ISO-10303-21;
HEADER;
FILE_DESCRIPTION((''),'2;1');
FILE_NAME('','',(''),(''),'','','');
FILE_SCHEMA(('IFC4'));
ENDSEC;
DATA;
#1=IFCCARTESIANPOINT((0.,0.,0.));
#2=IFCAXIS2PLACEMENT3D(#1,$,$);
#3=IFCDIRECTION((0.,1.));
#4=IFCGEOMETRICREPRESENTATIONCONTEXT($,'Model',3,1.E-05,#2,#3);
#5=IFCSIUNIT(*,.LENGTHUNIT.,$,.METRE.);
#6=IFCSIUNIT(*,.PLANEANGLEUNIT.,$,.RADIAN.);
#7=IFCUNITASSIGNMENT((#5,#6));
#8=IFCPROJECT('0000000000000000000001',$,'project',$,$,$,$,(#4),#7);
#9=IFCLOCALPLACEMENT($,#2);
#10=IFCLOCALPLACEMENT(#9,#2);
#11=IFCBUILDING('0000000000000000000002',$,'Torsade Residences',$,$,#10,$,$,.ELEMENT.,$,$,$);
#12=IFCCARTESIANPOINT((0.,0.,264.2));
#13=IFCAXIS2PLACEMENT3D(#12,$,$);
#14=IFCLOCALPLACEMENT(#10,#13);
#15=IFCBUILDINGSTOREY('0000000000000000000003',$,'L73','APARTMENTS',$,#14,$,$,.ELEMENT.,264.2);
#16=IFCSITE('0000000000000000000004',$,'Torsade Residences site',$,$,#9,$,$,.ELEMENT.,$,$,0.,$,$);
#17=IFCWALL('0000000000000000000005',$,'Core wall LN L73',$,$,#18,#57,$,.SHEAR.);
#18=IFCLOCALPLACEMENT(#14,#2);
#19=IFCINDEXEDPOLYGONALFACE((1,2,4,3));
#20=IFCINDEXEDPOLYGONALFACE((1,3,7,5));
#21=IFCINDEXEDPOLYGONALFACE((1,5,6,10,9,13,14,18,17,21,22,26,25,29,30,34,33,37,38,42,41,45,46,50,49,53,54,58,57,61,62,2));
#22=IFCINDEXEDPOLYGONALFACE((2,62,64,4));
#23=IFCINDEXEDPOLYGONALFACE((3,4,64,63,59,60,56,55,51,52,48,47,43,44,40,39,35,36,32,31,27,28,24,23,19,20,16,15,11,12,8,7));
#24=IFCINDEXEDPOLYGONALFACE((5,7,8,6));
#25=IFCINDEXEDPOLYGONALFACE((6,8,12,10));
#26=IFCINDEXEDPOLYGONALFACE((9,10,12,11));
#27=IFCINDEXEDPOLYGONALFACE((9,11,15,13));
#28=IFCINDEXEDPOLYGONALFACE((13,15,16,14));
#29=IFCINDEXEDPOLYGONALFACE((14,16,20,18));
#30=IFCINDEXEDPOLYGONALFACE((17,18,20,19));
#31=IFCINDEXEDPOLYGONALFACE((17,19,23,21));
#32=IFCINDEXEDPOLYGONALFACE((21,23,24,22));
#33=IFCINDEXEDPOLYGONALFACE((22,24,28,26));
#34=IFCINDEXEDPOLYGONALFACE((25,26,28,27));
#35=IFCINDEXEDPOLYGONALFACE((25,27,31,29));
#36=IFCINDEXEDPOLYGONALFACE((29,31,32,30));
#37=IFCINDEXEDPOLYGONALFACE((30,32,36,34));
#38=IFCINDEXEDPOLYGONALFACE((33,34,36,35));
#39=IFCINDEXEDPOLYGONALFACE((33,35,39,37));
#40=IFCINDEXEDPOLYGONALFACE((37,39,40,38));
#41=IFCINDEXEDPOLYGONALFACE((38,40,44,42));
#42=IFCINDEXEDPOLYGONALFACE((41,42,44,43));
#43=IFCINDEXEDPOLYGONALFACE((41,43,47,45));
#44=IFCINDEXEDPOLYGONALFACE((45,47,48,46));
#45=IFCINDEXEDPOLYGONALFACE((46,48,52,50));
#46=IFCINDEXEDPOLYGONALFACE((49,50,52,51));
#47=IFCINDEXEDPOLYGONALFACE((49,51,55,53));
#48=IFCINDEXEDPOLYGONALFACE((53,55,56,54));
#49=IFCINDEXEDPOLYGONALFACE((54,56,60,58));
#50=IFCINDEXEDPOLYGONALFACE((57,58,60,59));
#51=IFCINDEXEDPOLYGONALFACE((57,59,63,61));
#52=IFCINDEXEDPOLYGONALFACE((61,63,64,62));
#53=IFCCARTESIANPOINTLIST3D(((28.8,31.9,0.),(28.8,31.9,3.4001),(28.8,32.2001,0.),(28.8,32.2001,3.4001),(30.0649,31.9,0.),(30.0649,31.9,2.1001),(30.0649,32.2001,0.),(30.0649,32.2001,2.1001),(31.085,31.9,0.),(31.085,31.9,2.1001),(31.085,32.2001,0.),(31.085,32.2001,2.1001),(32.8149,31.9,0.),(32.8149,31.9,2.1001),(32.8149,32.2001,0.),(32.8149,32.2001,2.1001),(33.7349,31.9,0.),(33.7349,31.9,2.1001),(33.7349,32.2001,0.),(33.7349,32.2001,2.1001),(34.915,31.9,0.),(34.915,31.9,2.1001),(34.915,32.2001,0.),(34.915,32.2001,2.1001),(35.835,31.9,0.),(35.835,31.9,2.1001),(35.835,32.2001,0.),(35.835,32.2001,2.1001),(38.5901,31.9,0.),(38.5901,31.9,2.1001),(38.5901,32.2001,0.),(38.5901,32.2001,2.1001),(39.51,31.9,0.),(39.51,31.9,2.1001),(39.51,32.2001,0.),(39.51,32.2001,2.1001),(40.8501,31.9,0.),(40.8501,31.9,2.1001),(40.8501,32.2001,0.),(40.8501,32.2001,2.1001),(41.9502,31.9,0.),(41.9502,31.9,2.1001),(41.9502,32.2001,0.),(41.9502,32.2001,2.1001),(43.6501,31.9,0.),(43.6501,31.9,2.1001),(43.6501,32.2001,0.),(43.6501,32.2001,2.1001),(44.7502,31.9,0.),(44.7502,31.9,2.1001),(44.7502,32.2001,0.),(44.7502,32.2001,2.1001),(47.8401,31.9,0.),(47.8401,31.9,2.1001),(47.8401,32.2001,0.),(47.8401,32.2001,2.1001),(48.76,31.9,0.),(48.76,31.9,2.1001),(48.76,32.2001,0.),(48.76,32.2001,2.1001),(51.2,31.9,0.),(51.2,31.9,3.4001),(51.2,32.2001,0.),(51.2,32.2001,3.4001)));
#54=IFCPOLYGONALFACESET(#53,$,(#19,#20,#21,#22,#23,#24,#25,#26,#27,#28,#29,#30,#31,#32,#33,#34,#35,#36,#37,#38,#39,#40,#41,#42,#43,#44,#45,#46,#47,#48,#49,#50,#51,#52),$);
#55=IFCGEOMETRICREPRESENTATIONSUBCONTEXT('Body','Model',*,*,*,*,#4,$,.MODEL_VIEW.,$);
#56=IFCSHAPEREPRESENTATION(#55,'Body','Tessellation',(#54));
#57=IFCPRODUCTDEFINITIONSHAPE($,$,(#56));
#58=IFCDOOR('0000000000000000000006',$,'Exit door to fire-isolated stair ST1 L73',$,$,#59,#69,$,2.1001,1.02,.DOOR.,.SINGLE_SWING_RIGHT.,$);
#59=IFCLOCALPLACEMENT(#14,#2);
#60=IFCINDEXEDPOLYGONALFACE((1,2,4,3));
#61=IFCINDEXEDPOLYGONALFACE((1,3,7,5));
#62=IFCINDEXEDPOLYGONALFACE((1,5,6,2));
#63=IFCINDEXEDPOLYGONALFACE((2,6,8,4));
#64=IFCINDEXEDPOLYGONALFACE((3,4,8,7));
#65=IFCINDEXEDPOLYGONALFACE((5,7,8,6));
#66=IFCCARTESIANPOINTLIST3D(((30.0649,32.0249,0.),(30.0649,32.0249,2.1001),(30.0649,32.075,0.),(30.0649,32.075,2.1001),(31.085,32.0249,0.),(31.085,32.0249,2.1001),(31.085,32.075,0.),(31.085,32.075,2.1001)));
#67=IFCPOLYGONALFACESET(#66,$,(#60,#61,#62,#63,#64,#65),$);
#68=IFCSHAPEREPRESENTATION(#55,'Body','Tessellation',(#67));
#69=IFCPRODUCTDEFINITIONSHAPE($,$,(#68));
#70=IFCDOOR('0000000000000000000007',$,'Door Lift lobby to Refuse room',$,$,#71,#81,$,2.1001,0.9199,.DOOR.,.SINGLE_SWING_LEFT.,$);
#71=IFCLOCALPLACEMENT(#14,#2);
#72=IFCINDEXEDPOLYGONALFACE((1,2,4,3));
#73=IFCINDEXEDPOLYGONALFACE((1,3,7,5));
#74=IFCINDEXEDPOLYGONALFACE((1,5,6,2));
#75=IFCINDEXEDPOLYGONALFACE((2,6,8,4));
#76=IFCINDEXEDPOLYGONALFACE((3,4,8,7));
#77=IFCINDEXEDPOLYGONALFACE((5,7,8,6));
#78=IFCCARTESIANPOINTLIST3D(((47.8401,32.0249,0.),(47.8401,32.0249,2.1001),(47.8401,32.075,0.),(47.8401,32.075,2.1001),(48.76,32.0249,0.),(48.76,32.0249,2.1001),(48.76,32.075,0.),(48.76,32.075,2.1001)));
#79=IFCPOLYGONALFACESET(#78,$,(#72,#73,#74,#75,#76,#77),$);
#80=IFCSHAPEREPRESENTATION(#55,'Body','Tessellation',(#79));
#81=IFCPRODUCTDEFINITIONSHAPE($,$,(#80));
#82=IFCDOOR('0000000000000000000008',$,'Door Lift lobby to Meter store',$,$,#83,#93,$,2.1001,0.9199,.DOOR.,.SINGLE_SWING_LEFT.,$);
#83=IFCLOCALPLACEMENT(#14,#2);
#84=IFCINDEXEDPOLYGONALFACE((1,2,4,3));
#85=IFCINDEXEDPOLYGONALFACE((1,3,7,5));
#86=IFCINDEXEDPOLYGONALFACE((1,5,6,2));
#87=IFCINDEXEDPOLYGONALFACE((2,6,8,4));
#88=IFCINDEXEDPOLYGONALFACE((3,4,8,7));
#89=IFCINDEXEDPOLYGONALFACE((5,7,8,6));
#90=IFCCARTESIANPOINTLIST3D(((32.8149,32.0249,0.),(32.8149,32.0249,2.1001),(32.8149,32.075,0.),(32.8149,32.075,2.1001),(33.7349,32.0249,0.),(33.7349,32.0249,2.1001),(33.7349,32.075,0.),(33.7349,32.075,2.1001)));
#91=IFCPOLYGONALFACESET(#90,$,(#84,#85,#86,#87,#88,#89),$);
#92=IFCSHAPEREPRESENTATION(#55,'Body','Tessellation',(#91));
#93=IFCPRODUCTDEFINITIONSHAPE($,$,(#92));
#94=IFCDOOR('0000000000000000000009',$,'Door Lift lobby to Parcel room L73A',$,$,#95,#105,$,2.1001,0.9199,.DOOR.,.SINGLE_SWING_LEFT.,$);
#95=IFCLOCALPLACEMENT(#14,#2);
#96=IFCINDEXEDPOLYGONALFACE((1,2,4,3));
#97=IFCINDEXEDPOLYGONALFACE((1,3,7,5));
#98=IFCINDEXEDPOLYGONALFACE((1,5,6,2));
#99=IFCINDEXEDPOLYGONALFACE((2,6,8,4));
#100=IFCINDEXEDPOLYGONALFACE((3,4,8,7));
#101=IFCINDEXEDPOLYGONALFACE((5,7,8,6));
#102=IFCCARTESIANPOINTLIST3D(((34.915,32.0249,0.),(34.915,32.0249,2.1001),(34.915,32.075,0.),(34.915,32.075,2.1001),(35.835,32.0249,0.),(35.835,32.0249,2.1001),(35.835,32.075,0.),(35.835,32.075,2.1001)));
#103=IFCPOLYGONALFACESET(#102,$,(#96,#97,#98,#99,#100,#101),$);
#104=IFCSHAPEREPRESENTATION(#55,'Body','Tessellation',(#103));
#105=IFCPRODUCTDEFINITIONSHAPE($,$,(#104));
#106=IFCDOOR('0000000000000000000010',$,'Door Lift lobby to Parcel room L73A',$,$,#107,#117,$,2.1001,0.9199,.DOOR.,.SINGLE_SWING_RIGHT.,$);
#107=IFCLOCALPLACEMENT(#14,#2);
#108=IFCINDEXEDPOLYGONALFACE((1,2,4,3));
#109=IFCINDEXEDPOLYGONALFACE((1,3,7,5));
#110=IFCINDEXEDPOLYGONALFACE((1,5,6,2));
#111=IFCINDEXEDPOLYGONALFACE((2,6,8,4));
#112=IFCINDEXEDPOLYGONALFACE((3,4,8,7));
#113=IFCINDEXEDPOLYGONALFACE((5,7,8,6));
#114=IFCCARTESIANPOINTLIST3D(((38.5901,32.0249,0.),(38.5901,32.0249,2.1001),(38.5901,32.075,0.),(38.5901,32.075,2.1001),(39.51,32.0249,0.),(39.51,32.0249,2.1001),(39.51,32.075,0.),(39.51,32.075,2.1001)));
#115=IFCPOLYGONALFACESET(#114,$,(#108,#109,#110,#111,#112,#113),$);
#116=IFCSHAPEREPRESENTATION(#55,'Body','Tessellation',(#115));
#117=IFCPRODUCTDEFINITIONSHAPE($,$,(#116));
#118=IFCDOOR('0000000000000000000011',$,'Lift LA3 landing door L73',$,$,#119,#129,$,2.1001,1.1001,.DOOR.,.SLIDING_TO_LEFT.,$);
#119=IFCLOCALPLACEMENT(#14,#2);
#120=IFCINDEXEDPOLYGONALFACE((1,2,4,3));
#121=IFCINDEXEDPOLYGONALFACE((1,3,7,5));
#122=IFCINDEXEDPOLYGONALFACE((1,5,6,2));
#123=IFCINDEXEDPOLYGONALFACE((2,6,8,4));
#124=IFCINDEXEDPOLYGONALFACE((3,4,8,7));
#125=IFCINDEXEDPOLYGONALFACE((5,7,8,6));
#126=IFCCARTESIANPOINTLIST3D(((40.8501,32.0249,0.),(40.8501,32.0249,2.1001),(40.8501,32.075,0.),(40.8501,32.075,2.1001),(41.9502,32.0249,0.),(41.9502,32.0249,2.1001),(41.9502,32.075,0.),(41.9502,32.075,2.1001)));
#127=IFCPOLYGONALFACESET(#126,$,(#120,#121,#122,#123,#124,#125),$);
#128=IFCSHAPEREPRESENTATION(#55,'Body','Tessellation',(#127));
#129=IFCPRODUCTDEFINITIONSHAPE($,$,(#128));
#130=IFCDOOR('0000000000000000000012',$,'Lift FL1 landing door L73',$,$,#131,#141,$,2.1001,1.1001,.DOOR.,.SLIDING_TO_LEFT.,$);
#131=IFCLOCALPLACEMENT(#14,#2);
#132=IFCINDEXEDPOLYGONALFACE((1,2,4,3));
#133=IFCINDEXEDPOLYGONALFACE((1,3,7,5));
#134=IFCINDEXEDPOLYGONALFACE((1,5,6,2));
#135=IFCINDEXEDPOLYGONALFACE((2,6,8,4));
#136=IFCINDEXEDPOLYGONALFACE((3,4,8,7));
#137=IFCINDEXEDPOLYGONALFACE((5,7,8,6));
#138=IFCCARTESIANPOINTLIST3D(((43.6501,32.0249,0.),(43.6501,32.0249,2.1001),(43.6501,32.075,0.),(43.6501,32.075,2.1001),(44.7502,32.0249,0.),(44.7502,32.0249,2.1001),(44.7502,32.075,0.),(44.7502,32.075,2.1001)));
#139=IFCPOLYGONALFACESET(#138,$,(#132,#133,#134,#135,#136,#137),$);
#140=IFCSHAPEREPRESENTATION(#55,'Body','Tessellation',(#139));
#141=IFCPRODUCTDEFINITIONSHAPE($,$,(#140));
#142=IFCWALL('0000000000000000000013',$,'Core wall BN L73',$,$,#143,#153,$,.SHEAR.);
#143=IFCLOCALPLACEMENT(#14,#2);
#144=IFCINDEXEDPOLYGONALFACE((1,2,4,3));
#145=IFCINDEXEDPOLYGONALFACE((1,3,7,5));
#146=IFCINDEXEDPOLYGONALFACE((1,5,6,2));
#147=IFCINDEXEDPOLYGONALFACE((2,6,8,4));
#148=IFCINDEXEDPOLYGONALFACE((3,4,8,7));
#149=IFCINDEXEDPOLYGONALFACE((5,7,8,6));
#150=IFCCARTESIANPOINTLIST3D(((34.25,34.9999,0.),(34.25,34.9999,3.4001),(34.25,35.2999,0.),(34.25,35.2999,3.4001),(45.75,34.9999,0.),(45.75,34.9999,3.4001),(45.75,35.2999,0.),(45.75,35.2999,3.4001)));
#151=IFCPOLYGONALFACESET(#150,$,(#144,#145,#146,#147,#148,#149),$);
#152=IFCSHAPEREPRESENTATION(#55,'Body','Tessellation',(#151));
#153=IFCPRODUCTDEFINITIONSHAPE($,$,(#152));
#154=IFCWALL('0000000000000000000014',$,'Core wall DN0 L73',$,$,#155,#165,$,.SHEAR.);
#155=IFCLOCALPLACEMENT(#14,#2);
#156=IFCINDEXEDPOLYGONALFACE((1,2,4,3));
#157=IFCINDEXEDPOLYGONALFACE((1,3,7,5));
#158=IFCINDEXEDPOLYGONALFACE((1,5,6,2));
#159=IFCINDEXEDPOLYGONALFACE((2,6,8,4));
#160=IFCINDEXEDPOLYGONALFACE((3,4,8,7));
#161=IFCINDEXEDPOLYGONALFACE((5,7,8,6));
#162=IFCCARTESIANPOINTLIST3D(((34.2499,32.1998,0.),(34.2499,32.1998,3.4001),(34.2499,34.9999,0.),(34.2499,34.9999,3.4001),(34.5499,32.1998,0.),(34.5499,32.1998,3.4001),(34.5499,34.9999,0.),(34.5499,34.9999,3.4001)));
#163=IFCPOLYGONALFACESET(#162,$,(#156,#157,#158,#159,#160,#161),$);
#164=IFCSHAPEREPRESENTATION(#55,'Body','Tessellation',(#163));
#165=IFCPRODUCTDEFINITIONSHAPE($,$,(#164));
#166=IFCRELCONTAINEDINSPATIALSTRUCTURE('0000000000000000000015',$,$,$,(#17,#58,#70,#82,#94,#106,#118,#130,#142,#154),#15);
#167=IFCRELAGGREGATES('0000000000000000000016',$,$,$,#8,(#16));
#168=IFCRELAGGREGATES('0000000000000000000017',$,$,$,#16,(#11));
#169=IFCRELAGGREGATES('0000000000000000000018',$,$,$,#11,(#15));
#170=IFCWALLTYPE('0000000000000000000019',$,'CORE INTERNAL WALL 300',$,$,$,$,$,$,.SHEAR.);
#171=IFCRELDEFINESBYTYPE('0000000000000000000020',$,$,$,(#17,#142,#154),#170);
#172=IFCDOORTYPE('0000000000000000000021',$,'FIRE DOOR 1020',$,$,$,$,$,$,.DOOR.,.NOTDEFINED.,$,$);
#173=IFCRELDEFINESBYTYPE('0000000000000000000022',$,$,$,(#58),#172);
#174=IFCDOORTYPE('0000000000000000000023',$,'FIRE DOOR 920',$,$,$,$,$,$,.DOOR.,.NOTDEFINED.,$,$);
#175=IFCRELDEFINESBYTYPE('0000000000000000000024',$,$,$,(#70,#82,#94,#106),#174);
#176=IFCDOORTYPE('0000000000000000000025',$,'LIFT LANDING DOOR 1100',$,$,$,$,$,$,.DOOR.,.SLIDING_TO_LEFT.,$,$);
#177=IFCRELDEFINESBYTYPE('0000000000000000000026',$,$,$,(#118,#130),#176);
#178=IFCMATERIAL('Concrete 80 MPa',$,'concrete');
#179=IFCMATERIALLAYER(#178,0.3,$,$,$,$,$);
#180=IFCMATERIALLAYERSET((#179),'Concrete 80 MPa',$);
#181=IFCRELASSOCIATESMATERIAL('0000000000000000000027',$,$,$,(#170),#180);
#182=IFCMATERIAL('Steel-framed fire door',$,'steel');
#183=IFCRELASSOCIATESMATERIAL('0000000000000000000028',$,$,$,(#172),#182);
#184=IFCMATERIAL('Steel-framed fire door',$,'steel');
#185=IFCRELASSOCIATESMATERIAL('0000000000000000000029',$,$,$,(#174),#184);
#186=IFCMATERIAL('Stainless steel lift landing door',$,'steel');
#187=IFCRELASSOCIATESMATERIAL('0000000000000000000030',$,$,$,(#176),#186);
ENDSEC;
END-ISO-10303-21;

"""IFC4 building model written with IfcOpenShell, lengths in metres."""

from ifc_helpers import new_model, si_unit, direction, frame, frame_2d, origin, place, context, subcontext, project, spatial, rectangle, extrude, material, layer, layer_set, type_object, element, fill, save


model = new_model("IFC4")

# Units and contexts
model_context = context("Model", 3, precision=1e-05, world=origin(), true_north=direction((0.0, 1.0)))
body_context = subcontext(model_context, "Body", "Model", "MODEL_VIEW")
ifc_project = project(units=[si_unit("LENGTHUNIT", "METRE"), si_unit("PLANEANGLEUNIT", "RADIAN")], contexts=[model_context])

# Site, building, storey
site_placement = place(None, origin())
site = spatial("IfcSite", under=ifc_project, at=site_placement, Name="Torsade Residences site", CompositionType="ELEMENT", RefElevation=0.0)
building_placement = place(site_placement, origin())
building = spatial("IfcBuilding", under=site, at=building_placement, Name="Torsade Residences", CompositionType="ELEMENT")
storey_placement = place(building_placement, frame((0.0, 0.0, 264.2)))
storey = spatial("IfcBuildingStorey", under=building, at=storey_placement, Name="L73", Description="APARTMENTS", CompositionType="ELEMENT", Elevation=264.2)

# Wall, openings, doors
ifc_material_1 = material(Name="Concrete 80 MPa", Category="concrete")
ifc_layer_1 = layer(ifc_material_1, 0.3)
ifc_layer_set_1 = layer_set([ifc_layer_1], Name="Concrete 80 MPa")
wall_type_1 = type_object("IfcWallType", Name="CORE INTERNAL WALL 300", PredefinedType="SHEAR", material=ifc_layer_set_1)
wall_1_placement = place(storey_placement, frame((28.8, 32.05, 0.0), z_axis=(0.0, 0.0, 1.0), x_axis=(1.0, 0.0, 0.0)))
wall_1 = element("IfcWall", 1, at=wall_1_placement, inside=storey, type_object=wall_type_1, Name="Core wall LN L73", PredefinedType="SHEAR", context=body_context, shape_type="SweptSolid", body=[
    extrude(rectangle(XDim=22.3999, YDim=0.3, at=frame_2d((11.2, 0.0))), origin(), (0.0, 0.0, 1.0), 3.4001),
])
opening_1_placement = place(wall_1_placement, frame((19.04, 0.0, 0.0)))
opening_1 = element("IfcOpeningElement", 2, at=opening_1_placement, cuts=wall_1, PredefinedType="OPENING", context=body_context, shape_type="SweptSolid", body=[
    extrude(rectangle(XDim=0.9199, YDim=2.1001, at=frame_2d((0.46, 1.05))), frame((0.0, 0.1599, 0.0), z_axis=(0.0, -1.0, 0.0), x_axis=(1.0, 0.0, 0.0)), (0.0, 0.0, 1.0), 0.3201),
])
opening_2_placement = place(wall_1_placement, frame((1.2649, 0.0, 0.0)))
opening_2 = element("IfcOpeningElement", 3, at=opening_2_placement, cuts=wall_1, PredefinedType="OPENING", context=body_context, shape_type="SweptSolid", body=[
    extrude(rectangle(XDim=1.02, YDim=2.1001, at=frame_2d((0.51, 1.05))), frame((0.0, 0.1599, 0.0), z_axis=(0.0, -1.0, 0.0), x_axis=(1.0, 0.0, 0.0)), (0.0, 0.0, 1.0), 0.3201),
])
opening_3_placement = place(wall_1_placement, frame((4.0149, 0.0, 0.0)))
opening_3 = element("IfcOpeningElement", 4, at=opening_3_placement, cuts=wall_1, PredefinedType="OPENING", context=body_context, shape_type="SweptSolid", body=[
    extrude(rectangle(XDim=0.9199, YDim=2.1001, at=frame_2d((0.46, 1.05))), frame((0.0, 0.1599, 0.0), z_axis=(0.0, -1.0, 0.0), x_axis=(1.0, 0.0, 0.0)), (0.0, 0.0, 1.0), 0.3201),
])
opening_4_placement = place(wall_1_placement, frame((6.115, 0.0, 0.0)))
opening_4 = element("IfcOpeningElement", 5, at=opening_4_placement, cuts=wall_1, PredefinedType="OPENING", context=body_context, shape_type="SweptSolid", body=[
    extrude(rectangle(XDim=0.9199, YDim=2.1001, at=frame_2d((0.46, 1.05))), frame((0.0, 0.1599, 0.0), z_axis=(0.0, -1.0, 0.0), x_axis=(1.0, 0.0, 0.0)), (0.0, 0.0, 1.0), 0.3201),
])
opening_5_placement = place(wall_1_placement, frame((9.79, 0.0, 0.0)))
opening_5 = element("IfcOpeningElement", 6, at=opening_5_placement, cuts=wall_1, PredefinedType="OPENING", context=body_context, shape_type="SweptSolid", body=[
    extrude(rectangle(XDim=0.9199, YDim=2.1001, at=frame_2d((0.46, 1.05))), frame((0.0, 0.1599, 0.0), z_axis=(0.0, -1.0, 0.0), x_axis=(1.0, 0.0, 0.0)), (0.0, 0.0, 1.0), 0.3201),
])
opening_6_placement = place(wall_1_placement, frame((12.05, 0.0, 0.0)))
opening_6 = element("IfcOpeningElement", 7, at=opening_6_placement, cuts=wall_1, PredefinedType="OPENING", context=body_context, shape_type="SweptSolid", body=[
    extrude(rectangle(XDim=1.1001, YDim=2.1001, at=frame_2d((0.55, 1.05))), frame((0.0, 0.1599, 0.0), z_axis=(0.0, -1.0, 0.0), x_axis=(1.0, 0.0, 0.0)), (0.0, 0.0, 1.0), 0.3201),
])
opening_7_placement = place(wall_1_placement, frame((14.8501, 0.0, 0.0)))
opening_7 = element("IfcOpeningElement", 8, at=opening_7_placement, cuts=wall_1, PredefinedType="OPENING", context=body_context, shape_type="SweptSolid", body=[
    extrude(rectangle(XDim=1.1001, YDim=2.1001, at=frame_2d((0.55, 1.05))), frame((0.0, 0.1599, 0.0), z_axis=(0.0, -1.0, 0.0), x_axis=(1.0, 0.0, 0.0)), (0.0, 0.0, 1.0), 0.3201),
])
ifc_material_2 = material(Name="Steel-framed fire door", Category="steel")
door_type_1 = type_object("IfcDoorType", Name="FIRE DOOR 1020", OperationType="NOTDEFINED", PredefinedType="DOOR", material=ifc_material_2)
door_1_placement = place(opening_2_placement, origin())
door_1 = element("IfcDoor", 9, at=door_1_placement, inside=storey, type_object=door_type_1, Name="Exit door to fire-isolated stair ST1 L73", OperationType="SINGLE_SWING_RIGHT", OverallHeight=2.1001, OverallWidth=1.02, PredefinedType="DOOR", context=body_context, shape_type="SweptSolid", body=[
    extrude(rectangle(XDim=1.02, YDim=2.1001, at=frame_2d((0.51, 1.05))), frame((0.0, 0.0249, 0.0), z_axis=(0.0, -1.0, 0.0), x_axis=(1.0, 0.0, 0.0)), (0.0, 0.0, 1.0), 0.05),
])
fill(opening_2, door_1)
ifc_material_3 = material(Name="Steel-framed fire door", Category="steel")
door_type_2 = type_object("IfcDoorType", Name="FIRE DOOR 920", OperationType="NOTDEFINED", PredefinedType="DOOR", material=ifc_material_3)
door_2_placement = place(opening_1_placement, origin())
door_2 = element("IfcDoor", 10, at=door_2_placement, inside=storey, type_object=door_type_2, Name="Door Lift lobby to Refuse room", OperationType="SINGLE_SWING_LEFT", OverallHeight=2.1001, OverallWidth=0.9199, PredefinedType="DOOR", context=body_context, shape_type="SweptSolid", body=[
    extrude(rectangle(XDim=0.9199, YDim=2.1001, at=frame_2d((0.46, 1.05))), frame((0.0, 0.0249, 0.0), z_axis=(0.0, -1.0, 0.0), x_axis=(1.0, 0.0, 0.0)), (0.0, 0.0, 1.0), 0.05),
])
fill(opening_1, door_2)
door_3_placement = place(opening_3_placement, origin())
door_3 = element("IfcDoor", 11, at=door_3_placement, inside=storey, type_object=door_type_2, Name="Door Lift lobby to Meter store", OperationType="SINGLE_SWING_LEFT", OverallHeight=2.1001, OverallWidth=0.9199, PredefinedType="DOOR", context=body_context, shape_type="SweptSolid", body=[
    extrude(rectangle(XDim=0.9199, YDim=2.1001, at=frame_2d((0.46, 1.05))), frame((0.0, 0.0249, 0.0), z_axis=(0.0, -1.0, 0.0), x_axis=(1.0, 0.0, 0.0)), (0.0, 0.0, 1.0), 0.05),
])
fill(opening_3, door_3)
door_4_placement = place(opening_4_placement, origin())
door_4 = element("IfcDoor", 12, at=door_4_placement, inside=storey, type_object=door_type_2, Name="Door Lift lobby to Parcel room L73A", OperationType="SINGLE_SWING_LEFT", OverallHeight=2.1001, OverallWidth=0.9199, PredefinedType="DOOR", context=body_context, shape_type="SweptSolid", body=[
    extrude(rectangle(XDim=0.9199, YDim=2.1001, at=frame_2d((0.46, 1.05))), frame((0.0, 0.0249, 0.0), z_axis=(0.0, -1.0, 0.0), x_axis=(1.0, 0.0, 0.0)), (0.0, 0.0, 1.0), 0.05),
])
fill(opening_4, door_4)
door_5_placement = place(opening_5_placement, origin())
door_5 = element("IfcDoor", 13, at=door_5_placement, inside=storey, type_object=door_type_2, Name="Door Lift lobby to Parcel room L73A", OperationType="SINGLE_SWING_RIGHT", OverallHeight=2.1001, OverallWidth=0.9199, PredefinedType="DOOR", context=body_context, shape_type="SweptSolid", body=[
    extrude(rectangle(XDim=0.9199, YDim=2.1001, at=frame_2d((0.46, 1.05))), frame((0.0, 0.0249, 0.0), z_axis=(0.0, -1.0, 0.0), x_axis=(1.0, 0.0, 0.0)), (0.0, 0.0, 1.0), 0.05),
])
fill(opening_5, door_5)
ifc_material_4 = material(Name="Stainless steel lift landing door", Category="steel")
door_type_3 = type_object("IfcDoorType", Name="LIFT LANDING DOOR 1100", OperationType="SLIDING_TO_LEFT", PredefinedType="DOOR", material=ifc_material_4)
door_6_placement = place(opening_6_placement, origin())
door_6 = element("IfcDoor", 14, at=door_6_placement, inside=storey, type_object=door_type_3, Name="Lift LA3 landing door L73", OperationType="SLIDING_TO_LEFT", OverallHeight=2.1001, OverallWidth=1.1001, PredefinedType="DOOR", context=body_context, shape_type="SweptSolid", body=[
    extrude(rectangle(XDim=1.1001, YDim=2.1001, at=frame_2d((0.55, 1.05))), frame((0.0, 0.0249, 0.0), z_axis=(0.0, -1.0, 0.0), x_axis=(1.0, 0.0, 0.0)), (0.0, 0.0, 1.0), 0.05),
])
fill(opening_6, door_6)
door_7_placement = place(opening_7_placement, origin())
door_7 = element("IfcDoor", 15, at=door_7_placement, inside=storey, type_object=door_type_3, Name="Lift FL1 landing door L73", OperationType="SLIDING_TO_LEFT", OverallHeight=2.1001, OverallWidth=1.1001, PredefinedType="DOOR", context=body_context, shape_type="SweptSolid", body=[
    extrude(rectangle(XDim=1.1001, YDim=2.1001, at=frame_2d((0.55, 1.05))), frame((0.0, 0.0249, 0.0), z_axis=(0.0, -1.0, 0.0), x_axis=(1.0, 0.0, 0.0)), (0.0, 0.0, 1.0), 0.05),
])
fill(opening_7, door_7)

# Walls
wall_2_placement = place(storey_placement, frame((34.25, 35.1499, 0.0), z_axis=(0.0, 0.0, 1.0), x_axis=(1.0, 0.0, 0.0)))
element("IfcWall", 16, at=wall_2_placement, inside=storey, type_object=wall_type_1, Name="Core wall BN L73", PredefinedType="SHEAR", context=body_context, shape_type="SweptSolid", body=[
    extrude(rectangle(XDim=11.5, YDim=0.3, at=frame_2d((5.75, 0.0))), origin(), (0.0, 0.0, 1.0), 3.4001),
])
wall_3_placement = place(storey_placement, frame((34.3999, 32.2, 0.0), z_axis=(0.0, 0.0, 1.0), x_axis=(0.0, 1.0, 0.0)))
element("IfcWall", 17, at=wall_3_placement, inside=storey, type_object=wall_type_1, Name="Core wall DN0 L73", PredefinedType="SHEAR", context=body_context, shape_type="SweptSolid", body=[
    extrude(rectangle(XDim=2.8, YDim=0.3, at=frame_2d((1.3999, 0.0))), origin(), (0.0, 0.0, 1.0), 3.4001),
])

save(model, "model.ifc")
